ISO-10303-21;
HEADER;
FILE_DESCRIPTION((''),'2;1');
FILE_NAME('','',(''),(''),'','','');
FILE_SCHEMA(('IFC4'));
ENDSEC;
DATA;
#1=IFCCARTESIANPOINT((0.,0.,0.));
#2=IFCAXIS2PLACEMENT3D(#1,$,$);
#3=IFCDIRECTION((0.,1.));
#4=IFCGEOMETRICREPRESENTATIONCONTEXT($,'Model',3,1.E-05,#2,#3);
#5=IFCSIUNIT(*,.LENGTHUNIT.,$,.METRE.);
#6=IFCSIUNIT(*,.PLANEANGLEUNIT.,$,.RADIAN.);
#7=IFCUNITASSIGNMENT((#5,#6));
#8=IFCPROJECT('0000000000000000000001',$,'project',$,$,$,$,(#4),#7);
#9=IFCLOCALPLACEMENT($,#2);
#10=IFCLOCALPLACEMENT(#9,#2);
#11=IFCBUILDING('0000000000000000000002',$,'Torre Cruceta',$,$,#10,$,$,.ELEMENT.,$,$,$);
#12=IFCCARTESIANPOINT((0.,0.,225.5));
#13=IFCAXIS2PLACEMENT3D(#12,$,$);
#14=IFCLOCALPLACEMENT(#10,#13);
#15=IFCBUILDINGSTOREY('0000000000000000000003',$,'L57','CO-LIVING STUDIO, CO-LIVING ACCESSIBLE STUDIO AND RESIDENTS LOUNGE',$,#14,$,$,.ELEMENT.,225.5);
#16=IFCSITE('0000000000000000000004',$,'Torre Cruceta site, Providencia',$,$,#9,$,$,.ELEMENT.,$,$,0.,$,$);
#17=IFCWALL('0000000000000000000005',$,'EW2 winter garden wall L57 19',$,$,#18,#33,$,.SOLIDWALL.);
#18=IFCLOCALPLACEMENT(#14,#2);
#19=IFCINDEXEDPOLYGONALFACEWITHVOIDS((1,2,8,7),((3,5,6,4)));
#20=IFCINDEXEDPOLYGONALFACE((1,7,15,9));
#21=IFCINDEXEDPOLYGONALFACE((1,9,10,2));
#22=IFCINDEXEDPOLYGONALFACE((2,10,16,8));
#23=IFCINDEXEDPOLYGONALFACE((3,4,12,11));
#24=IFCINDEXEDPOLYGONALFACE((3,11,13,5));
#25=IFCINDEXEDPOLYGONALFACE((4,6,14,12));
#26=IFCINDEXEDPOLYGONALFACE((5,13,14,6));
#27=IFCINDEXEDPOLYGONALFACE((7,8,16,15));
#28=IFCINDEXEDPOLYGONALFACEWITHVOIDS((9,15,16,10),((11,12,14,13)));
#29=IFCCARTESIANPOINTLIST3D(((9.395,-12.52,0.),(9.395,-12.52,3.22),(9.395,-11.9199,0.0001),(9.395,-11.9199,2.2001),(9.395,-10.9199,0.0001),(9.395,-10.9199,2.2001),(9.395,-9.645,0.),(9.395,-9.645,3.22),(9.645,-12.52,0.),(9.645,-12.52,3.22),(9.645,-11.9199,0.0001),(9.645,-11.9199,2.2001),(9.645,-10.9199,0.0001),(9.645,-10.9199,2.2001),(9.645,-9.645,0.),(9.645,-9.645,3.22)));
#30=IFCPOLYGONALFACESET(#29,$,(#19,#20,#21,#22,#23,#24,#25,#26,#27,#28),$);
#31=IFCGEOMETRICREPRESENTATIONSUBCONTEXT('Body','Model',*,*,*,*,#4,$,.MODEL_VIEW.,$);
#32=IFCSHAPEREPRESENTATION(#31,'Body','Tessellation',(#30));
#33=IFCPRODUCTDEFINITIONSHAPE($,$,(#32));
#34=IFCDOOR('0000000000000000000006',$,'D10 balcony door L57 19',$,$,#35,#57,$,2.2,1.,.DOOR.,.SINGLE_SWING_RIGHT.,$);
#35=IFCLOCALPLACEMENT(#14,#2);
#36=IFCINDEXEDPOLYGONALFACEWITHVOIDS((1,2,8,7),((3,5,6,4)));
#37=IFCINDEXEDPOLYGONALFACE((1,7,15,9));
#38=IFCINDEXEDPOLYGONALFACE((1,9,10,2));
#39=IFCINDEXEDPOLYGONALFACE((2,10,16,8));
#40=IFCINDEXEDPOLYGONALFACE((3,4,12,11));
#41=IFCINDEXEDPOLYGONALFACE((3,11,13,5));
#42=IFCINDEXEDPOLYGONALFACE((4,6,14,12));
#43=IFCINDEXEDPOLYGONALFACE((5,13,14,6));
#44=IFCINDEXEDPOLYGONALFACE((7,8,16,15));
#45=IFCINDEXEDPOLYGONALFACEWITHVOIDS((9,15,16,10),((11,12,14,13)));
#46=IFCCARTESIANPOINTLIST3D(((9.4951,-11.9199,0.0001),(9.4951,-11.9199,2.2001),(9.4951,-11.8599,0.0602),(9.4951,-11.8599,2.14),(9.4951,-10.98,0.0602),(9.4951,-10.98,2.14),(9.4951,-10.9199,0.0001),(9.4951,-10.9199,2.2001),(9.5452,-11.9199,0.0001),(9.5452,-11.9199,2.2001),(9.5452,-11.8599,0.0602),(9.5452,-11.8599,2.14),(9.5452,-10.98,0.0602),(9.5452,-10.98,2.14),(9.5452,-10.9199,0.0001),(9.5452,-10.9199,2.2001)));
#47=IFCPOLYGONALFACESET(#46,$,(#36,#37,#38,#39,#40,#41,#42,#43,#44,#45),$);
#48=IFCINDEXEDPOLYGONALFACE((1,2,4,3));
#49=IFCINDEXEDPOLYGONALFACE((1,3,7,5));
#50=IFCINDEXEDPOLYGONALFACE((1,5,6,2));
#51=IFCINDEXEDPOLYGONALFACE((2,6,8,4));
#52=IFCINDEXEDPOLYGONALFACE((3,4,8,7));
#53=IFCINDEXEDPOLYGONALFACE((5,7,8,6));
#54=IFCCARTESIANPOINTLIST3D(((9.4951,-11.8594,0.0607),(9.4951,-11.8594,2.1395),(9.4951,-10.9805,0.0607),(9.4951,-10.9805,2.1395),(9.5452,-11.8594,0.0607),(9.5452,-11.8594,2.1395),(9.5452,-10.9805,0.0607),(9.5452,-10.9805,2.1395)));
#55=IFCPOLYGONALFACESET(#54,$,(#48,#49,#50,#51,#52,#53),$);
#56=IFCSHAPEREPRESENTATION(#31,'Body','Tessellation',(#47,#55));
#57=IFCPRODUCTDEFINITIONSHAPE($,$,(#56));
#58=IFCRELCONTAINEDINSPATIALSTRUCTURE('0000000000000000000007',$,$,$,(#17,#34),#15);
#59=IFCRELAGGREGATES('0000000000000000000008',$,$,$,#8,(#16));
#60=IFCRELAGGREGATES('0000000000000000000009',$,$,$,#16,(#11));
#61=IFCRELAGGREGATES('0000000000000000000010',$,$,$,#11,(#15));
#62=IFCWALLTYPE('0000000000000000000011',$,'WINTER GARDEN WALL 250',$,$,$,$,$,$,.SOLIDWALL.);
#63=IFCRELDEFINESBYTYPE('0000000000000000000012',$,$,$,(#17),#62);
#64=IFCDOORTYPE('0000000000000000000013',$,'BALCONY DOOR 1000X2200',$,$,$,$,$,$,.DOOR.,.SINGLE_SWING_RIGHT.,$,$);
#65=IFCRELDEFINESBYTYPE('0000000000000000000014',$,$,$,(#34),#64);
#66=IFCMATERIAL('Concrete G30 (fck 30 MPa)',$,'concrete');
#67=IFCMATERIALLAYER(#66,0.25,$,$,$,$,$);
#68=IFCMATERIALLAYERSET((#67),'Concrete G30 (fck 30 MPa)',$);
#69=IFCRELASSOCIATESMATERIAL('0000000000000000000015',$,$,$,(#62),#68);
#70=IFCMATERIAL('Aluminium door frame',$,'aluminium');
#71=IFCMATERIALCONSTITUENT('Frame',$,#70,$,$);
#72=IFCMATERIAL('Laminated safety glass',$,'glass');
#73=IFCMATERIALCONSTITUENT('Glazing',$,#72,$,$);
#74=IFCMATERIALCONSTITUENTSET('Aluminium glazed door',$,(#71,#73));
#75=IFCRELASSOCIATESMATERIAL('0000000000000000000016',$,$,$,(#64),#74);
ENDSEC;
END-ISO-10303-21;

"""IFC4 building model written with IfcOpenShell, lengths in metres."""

from ifc_helpers import new_model, si_unit, direction, frame, frame_2d, origin, place, context, subcontext, project, spatial, rectangle, hollow_rectangle, extrude, material, layer, layer_set, constituent, constituent_set, type_object, element, fill, save


model = new_model("IFC4")

# Units and contexts
model_context = context("Model", 3, precision=1e-05, world=origin(), true_north=direction((0.0, 1.0)))
body_context = subcontext(model_context, "Body", "Model", "MODEL_VIEW")
ifc_project = project(units=[si_unit("LENGTHUNIT", "METRE"), si_unit("PLANEANGLEUNIT", "RADIAN")], contexts=[model_context])

# Site, building, storey
site_placement = place(None, origin())
site = spatial("IfcSite", under=ifc_project, at=site_placement, Name="Torre Cruceta site, Providencia", CompositionType="ELEMENT", RefElevation=0.0)
building_placement = place(site_placement, origin())
building = spatial("IfcBuilding", under=site, at=building_placement, Name="Torre Cruceta", CompositionType="ELEMENT")
storey_placement = place(building_placement, frame((0.0, 0.0, 225.5)))
storey = spatial("IfcBuildingStorey", under=building, at=storey_placement, Name="L57", Description="CO-LIVING STUDIO, CO-LIVING ACCESSIBLE STUDIO AND RESIDENTS LOUNGE", CompositionType="ELEMENT", Elevation=225.5)

# Wall, opening, door
ifc_material_1 = material(Name="Concrete G30 (fck 30 MPa)", Category="concrete")
ifc_layer_1 = layer(ifc_material_1, 0.25)
ifc_layer_set_1 = layer_set([ifc_layer_1], Name="Concrete G30 (fck 30 MPa)")
wall_type_1 = type_object("IfcWallType", Name="WINTER GARDEN WALL 250", PredefinedType="SOLIDWALL", material=ifc_layer_set_1)
ifc_material_2 = material(Name="Aluminium door frame", Category="aluminium")
ifc_constituent_1 = constituent(ifc_material_2, Name="Frame")
ifc_material_3 = material(Name="Laminated safety glass", Category="glass")
ifc_constituent_2 = constituent(ifc_material_3, Name="Glazing")
ifc_constituent_set_1 = constituent_set(constituents=[ifc_constituent_1, ifc_constituent_2], Name="Aluminium glazed door")
door_type_1 = type_object("IfcDoorType", Name="BALCONY DOOR 1000X2200", OperationType="SINGLE_SWING_RIGHT", PredefinedType="DOOR", material=ifc_constituent_set_1)
wall_1_placement = place(storey_placement, frame((9.52, -12.52, 0.0), z_axis=(0.0, 0.0, 1.0), x_axis=(0.0, 1.0, 0.0)))
wall_1 = element("IfcWall", 1, at=wall_1_placement, inside=storey, type_object=wall_type_1, Name="EW2 winter garden wall L57 19", PredefinedType="SOLIDWALL", context=body_context, shape_type="SweptSolid", body=[
    extrude(rectangle(XDim=2.875, YDim=0.25, at=frame_2d((1.4375, 0.0))), origin(), (0.0, 0.0, 1.0), 3.22),
])
opening_1_placement = place(wall_1_placement, frame((0.6001, 0.0, 0.0)))
opening_1 = element("IfcOpeningElement", 2, at=opening_1_placement, cuts=wall_1, PredefinedType="OPENING", context=body_context, shape_type="SweptSolid", body=[
    extrude(rectangle(XDim=1.0, YDim=2.2, at=frame_2d((0.5, 1.1001))), frame((0.0, 0.135, 0.0), z_axis=(0.0, -1.0, 0.0), x_axis=(1.0, 0.0, 0.0)), (0.0, 0.0, 1.0), 0.27),
])
door_1_placement = place(opening_1_placement, origin())
door_1 = element("IfcDoor", 3, at=door_1_placement, inside=storey, type_object=door_type_1, Name="D10 balcony door L57 19", OperationType="SINGLE_SWING_RIGHT", OverallHeight=2.2, OverallWidth=1.0, PredefinedType="DOOR", context=body_context, shape_type="SweptSolid", body=[
    extrude(hollow_rectangle(XDim=1.0, YDim=2.2, WallThickness=0.0601, at=frame_2d((0.5, 1.1001))), frame((0.0, 0.0249, 0.0), z_axis=(0.0, -1.0, 0.0), x_axis=(1.0, 0.0, 0.0)), (0.0, 0.0, 1.0), 0.05),
    extrude(rectangle(XDim=0.8789, YDim=2.0789, at=frame_2d((0.5, 1.1001))), frame((0.0, 0.0249, 0.0), z_axis=(0.0, -1.0, 0.0), x_axis=(1.0, 0.0, 0.0)), (0.0, 0.0, 1.0), 0.05),
])
fill(opening_1, door_1)

save(model, "model.ifc")
